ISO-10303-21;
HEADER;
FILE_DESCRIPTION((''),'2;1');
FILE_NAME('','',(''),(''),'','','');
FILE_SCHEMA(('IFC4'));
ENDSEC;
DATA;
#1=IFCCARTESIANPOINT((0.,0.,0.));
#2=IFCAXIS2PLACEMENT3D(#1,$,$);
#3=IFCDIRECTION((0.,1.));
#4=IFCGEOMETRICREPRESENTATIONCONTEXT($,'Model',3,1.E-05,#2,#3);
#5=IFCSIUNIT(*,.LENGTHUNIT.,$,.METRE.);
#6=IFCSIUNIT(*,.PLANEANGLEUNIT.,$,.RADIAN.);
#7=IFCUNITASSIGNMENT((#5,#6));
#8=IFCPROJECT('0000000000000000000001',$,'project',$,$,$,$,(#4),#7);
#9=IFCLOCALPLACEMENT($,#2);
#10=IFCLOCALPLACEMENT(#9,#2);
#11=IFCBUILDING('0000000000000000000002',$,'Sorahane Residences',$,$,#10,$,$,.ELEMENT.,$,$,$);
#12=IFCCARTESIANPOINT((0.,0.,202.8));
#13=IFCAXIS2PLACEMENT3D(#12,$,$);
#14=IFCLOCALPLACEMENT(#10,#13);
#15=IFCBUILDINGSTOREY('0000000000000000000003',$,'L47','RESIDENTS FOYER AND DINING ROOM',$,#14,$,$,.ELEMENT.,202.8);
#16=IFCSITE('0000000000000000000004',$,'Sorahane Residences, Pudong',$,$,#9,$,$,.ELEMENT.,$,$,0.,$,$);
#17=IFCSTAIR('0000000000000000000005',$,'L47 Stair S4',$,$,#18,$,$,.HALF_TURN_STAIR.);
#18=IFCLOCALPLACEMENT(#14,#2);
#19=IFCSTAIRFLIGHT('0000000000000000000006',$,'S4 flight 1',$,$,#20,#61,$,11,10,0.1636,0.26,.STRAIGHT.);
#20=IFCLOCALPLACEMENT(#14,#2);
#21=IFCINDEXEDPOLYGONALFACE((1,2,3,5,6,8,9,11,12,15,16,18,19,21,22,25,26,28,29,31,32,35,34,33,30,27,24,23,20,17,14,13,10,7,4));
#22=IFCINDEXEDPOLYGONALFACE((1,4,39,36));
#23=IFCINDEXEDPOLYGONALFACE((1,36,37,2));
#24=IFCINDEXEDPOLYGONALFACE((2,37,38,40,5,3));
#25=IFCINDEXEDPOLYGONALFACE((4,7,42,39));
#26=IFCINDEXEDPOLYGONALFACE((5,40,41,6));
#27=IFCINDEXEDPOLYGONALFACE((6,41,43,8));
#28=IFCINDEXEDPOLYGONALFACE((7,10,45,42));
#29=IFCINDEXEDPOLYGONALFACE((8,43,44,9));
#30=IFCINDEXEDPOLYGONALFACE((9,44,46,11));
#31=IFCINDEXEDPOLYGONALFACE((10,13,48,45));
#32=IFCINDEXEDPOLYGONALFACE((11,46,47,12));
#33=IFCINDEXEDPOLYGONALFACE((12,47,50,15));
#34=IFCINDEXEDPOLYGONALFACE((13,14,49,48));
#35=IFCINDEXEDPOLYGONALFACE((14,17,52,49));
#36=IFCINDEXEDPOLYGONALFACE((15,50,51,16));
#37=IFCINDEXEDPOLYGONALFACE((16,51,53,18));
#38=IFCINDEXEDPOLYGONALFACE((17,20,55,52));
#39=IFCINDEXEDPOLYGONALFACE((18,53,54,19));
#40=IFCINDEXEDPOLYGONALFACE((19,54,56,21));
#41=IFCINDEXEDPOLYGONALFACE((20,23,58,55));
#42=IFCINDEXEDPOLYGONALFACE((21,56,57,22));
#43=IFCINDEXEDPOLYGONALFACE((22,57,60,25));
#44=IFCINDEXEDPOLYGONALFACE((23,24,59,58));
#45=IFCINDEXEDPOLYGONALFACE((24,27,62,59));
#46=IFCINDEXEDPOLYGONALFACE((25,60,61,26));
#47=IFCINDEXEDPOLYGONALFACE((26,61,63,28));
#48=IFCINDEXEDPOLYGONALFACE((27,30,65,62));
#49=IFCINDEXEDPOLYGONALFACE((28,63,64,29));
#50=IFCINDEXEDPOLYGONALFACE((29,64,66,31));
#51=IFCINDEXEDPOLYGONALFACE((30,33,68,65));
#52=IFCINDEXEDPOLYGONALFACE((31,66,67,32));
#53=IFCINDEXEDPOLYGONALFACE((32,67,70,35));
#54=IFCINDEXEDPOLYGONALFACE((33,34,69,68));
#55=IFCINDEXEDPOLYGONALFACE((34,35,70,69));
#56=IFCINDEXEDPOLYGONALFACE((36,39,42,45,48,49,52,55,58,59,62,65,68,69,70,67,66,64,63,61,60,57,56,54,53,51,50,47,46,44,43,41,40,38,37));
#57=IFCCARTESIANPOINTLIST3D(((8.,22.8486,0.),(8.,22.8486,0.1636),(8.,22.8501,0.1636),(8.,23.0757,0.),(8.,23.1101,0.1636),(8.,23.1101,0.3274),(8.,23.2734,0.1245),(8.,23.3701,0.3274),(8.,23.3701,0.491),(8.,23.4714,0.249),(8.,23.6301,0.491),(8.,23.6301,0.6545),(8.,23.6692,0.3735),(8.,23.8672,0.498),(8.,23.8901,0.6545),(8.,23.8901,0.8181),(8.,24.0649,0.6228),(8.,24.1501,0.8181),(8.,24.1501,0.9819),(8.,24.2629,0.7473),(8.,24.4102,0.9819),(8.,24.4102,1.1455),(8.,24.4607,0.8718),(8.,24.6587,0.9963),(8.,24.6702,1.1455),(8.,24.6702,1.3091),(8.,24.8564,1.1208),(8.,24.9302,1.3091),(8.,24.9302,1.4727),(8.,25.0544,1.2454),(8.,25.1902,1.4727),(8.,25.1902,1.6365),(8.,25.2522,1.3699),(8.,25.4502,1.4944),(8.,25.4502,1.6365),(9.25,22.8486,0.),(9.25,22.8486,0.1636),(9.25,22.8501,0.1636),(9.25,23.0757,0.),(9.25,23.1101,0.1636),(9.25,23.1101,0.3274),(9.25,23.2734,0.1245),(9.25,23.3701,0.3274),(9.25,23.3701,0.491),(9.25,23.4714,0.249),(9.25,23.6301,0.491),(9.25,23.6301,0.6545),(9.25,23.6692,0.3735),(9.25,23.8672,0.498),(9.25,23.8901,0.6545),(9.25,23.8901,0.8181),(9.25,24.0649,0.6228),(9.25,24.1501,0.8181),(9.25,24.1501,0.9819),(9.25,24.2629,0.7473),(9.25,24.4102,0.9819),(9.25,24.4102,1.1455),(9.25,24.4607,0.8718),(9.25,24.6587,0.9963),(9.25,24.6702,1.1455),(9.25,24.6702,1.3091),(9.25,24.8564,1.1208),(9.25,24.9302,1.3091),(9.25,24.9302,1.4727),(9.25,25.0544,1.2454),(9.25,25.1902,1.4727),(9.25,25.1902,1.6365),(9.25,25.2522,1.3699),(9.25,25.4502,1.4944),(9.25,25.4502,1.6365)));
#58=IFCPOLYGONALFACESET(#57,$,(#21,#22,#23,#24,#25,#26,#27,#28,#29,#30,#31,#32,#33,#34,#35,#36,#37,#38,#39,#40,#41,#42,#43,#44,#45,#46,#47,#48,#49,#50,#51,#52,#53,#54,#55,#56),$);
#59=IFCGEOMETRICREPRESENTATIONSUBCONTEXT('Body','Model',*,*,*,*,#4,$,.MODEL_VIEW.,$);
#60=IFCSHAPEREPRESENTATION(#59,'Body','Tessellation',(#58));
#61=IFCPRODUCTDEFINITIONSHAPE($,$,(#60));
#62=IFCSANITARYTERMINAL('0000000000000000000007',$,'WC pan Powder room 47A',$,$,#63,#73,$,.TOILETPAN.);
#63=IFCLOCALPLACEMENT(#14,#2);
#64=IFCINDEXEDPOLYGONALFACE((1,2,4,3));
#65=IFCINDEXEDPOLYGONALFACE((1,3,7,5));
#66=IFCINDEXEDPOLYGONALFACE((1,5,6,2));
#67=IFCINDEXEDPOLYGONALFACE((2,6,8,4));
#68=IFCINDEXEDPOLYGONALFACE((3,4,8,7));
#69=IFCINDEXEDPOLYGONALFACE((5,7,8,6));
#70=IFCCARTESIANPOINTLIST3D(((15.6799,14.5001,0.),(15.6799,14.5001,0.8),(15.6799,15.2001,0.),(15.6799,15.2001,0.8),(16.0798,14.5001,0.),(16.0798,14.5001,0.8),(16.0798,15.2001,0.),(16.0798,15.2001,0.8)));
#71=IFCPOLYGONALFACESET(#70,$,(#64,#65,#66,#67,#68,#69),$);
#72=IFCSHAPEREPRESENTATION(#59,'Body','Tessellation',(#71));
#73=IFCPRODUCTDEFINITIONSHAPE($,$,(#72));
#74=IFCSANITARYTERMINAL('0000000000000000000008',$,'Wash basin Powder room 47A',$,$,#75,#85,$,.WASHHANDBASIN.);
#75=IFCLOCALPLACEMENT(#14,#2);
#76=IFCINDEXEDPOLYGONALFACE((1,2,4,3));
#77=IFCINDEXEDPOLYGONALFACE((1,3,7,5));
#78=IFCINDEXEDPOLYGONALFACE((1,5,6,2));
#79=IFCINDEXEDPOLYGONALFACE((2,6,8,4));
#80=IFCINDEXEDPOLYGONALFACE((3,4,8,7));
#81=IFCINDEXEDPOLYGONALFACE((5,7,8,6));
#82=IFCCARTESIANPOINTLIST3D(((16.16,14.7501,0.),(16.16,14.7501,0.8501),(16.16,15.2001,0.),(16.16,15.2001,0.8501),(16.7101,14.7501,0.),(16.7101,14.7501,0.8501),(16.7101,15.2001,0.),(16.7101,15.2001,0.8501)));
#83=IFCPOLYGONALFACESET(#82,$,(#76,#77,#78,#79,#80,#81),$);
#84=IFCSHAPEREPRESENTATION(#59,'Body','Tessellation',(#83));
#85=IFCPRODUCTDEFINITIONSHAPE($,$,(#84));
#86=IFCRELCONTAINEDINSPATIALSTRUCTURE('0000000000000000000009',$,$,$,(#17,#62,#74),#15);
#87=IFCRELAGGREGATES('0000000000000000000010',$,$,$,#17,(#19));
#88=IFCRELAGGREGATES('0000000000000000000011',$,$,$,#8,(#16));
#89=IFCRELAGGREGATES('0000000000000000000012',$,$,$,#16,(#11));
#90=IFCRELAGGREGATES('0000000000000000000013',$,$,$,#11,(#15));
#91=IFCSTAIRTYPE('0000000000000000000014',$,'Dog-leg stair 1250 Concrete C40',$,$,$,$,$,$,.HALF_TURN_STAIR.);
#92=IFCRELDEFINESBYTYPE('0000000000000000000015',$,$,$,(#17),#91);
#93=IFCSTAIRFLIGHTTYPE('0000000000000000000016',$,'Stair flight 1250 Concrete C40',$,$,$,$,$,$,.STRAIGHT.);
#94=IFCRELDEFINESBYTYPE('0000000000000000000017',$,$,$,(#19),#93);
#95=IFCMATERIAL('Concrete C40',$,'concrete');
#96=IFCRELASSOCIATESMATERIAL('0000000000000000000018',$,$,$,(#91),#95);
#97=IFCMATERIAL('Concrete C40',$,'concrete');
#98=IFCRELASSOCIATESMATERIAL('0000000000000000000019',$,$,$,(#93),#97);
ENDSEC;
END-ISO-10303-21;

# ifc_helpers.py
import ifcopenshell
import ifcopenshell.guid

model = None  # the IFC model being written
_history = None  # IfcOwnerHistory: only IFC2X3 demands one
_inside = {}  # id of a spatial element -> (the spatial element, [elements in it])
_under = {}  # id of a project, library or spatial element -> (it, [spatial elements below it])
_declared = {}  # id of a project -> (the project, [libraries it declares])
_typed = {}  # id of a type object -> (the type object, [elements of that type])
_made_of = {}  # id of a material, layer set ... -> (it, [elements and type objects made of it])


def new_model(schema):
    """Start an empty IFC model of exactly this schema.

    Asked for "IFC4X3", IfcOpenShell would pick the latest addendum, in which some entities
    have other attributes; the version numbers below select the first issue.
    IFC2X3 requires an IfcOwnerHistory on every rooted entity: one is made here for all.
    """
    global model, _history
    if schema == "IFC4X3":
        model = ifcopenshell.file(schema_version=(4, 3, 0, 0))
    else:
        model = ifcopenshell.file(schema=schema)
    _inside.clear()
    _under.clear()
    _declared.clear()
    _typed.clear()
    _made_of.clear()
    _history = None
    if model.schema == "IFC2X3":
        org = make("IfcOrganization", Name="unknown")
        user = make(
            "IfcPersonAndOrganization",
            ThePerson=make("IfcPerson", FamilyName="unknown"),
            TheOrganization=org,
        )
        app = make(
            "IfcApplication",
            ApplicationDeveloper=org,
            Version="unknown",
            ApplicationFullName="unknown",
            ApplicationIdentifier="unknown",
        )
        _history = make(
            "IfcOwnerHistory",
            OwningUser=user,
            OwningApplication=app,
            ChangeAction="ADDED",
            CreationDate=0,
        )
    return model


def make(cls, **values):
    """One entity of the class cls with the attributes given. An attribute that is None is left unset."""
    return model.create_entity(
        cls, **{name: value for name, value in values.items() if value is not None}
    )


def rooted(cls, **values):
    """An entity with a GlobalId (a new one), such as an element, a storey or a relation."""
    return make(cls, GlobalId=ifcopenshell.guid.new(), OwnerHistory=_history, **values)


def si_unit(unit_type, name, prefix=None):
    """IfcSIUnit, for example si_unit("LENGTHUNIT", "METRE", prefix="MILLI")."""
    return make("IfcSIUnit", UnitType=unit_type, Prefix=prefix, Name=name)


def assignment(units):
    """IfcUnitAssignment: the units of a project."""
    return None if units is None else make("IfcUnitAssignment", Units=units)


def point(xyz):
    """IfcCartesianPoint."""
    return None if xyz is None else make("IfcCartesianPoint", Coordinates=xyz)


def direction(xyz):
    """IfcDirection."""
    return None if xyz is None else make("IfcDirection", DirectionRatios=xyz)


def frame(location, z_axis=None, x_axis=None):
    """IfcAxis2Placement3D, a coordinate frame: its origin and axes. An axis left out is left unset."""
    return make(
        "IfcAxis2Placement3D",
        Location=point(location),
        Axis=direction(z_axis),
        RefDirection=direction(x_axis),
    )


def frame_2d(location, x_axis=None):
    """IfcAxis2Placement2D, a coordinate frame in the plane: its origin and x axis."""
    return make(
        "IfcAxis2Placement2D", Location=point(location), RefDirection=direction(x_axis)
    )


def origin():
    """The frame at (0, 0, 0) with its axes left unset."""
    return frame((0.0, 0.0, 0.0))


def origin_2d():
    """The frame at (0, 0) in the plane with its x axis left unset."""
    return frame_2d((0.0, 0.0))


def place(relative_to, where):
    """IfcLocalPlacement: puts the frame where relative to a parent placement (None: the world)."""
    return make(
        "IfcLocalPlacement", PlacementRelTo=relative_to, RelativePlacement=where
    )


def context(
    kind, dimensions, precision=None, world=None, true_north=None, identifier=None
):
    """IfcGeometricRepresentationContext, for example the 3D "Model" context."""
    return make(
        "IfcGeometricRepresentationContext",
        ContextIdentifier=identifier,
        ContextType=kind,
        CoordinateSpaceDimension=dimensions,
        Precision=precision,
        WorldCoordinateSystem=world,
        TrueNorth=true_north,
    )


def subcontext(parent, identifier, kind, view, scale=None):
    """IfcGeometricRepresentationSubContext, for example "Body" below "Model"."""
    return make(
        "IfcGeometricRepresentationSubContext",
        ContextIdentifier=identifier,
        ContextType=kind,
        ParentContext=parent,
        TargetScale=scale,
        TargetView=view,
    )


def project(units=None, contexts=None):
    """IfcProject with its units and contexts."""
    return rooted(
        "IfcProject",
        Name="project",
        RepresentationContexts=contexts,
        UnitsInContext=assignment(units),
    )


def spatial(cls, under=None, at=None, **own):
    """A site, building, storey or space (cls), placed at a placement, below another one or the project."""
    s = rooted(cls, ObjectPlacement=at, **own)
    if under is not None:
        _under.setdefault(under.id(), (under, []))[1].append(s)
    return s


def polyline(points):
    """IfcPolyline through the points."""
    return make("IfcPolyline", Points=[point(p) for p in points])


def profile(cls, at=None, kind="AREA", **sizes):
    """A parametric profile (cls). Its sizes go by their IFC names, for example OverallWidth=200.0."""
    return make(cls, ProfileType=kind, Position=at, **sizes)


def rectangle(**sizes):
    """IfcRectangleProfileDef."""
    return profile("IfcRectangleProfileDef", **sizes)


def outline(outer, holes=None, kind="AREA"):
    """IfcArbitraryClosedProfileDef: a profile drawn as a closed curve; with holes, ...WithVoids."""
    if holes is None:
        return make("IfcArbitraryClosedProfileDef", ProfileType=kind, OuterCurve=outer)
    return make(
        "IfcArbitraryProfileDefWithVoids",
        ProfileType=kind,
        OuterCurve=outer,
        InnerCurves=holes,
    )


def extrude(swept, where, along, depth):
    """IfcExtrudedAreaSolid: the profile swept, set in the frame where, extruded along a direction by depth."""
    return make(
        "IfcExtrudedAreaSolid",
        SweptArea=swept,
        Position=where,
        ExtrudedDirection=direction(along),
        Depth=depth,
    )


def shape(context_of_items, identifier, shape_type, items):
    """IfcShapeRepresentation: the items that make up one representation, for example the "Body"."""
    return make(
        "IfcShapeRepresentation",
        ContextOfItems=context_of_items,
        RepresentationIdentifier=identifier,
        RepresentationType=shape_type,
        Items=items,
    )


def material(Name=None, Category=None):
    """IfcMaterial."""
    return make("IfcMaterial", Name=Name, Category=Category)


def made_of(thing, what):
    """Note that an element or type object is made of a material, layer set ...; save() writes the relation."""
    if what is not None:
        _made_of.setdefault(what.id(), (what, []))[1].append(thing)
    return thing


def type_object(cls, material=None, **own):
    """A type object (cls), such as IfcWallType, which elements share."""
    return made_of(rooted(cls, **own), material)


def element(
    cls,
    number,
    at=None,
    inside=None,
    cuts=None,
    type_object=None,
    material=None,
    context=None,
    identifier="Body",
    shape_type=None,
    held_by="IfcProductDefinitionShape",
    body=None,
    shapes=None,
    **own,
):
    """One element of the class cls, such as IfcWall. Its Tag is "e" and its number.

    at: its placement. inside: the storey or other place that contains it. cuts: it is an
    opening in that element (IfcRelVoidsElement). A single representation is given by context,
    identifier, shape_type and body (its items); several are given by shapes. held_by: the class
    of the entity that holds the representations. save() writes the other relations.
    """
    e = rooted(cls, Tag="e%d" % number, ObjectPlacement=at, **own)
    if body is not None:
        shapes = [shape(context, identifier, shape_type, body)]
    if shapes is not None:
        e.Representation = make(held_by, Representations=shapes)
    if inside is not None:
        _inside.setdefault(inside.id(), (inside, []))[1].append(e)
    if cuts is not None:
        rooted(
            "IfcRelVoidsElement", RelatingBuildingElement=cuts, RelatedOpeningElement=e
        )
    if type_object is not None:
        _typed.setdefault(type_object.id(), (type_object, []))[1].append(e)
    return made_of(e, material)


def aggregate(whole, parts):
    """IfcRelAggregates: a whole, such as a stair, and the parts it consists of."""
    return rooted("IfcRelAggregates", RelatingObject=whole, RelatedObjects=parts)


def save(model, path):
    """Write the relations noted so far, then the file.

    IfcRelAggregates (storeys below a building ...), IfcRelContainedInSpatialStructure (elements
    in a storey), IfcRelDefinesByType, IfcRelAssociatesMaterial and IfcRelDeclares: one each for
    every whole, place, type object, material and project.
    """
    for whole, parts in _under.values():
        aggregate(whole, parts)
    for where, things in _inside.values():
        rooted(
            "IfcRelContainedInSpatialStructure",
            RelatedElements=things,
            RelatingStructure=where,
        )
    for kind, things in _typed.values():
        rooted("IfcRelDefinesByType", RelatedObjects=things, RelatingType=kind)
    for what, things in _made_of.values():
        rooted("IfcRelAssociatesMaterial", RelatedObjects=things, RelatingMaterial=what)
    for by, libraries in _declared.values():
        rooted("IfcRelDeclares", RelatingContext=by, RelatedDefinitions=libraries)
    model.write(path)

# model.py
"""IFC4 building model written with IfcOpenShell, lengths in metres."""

from ifc_helpers import new_model, si_unit, direction, frame, origin, origin_2d, place, context, subcontext, project, spatial, polyline, rectangle, outline, extrude, material, type_object, element, aggregate, save


model = new_model("IFC4")

# Units and contexts
model_context = context("Model", 3, precision=1e-05, world=origin(), true_north=direction((0.0, 1.0)))
body_context = subcontext(model_context, "Body", "Model", "MODEL_VIEW")
ifc_project = project(units=[si_unit("LENGTHUNIT", "METRE"), si_unit("PLANEANGLEUNIT", "RADIAN")], contexts=[model_context])

# Site, building, storey
site_placement = place(None, origin())
site = spatial("IfcSite", under=ifc_project, at=site_placement, Name="Sorahane Residences, Pudong", CompositionType="ELEMENT", RefElevation=0.0)
building_placement = place(site_placement, origin())
building = spatial("IfcBuilding", under=site, at=building_placement, Name="Sorahane Residences", CompositionType="ELEMENT")
storey_placement = place(building_placement, frame((0.0, 0.0, 202.8)))
storey = spatial("IfcBuildingStorey", under=building, at=storey_placement, Name="L47", Description="RESIDENTS FOYER AND DINING ROOM", CompositionType="ELEMENT", Elevation=202.8)

# Stair, stair flight
ifc_material_1 = material(Name="Concrete C40", Category="concrete")
stair_type = type_object("IfcStairType", Name="Dog-leg stair 1250 Concrete C40", PredefinedType="HALF_TURN_STAIR", material=ifc_material_1)
stair_placement = place(storey_placement, origin())
stair = element("IfcStair", 1, at=stair_placement, inside=storey, type_object=stair_type, Name="L47 Stair S4", PredefinedType="HALF_TURN_STAIR")
ifc_material_2 = material(Name="Concrete C40", Category="concrete")
stair_flight_type = type_object("IfcStairFlightType", Name="Stair flight 1250 Concrete C40", PredefinedType="STRAIGHT", material=ifc_material_2)
stair_flight_placement = place(storey_placement, frame((8.625, 22.8501, 0.0), z_axis=(0.0, 0.0, 1.0), x_axis=(0.0, 1.0, 0.0)))
stair_flight = element("IfcStairFlight", 2, at=stair_flight_placement, type_object=stair_flight_type, Name="S4 flight 1", NumberOfRisers=11, NumberOfTreads=10, PredefinedType="STRAIGHT", RiserHeight=0.1636, TreadLength=0.26, context=body_context, shape_type="SweptSolid", body=[
    extrude(outline(polyline([(-0.0015, 0.0), (-0.0015, 0.1636), (0.0, 0.1636), (0.26, 0.1636), (0.26, 0.3274), (0.52, 0.3274), (0.52, 0.491), (0.78, 0.491), (0.78, 0.6545), (1.04, 0.6545), (1.04, 0.8181), (1.3, 0.8181), (1.3, 0.9819), (1.5601, 0.9819), (1.5601, 1.1455), (1.8201, 1.1455), (1.8201, 1.3091), (2.0801, 1.3091), (2.0801, 1.4727), (2.3401, 1.4727), (2.3401, 1.6365), (2.6001, 1.6365), (2.6001, 1.8), (2.6001, 1.4944), (2.4021, 1.3699), (2.2043, 1.2454), (2.0063, 1.1208), (1.8086, 0.9963), (1.6106, 0.8718), (1.4128, 0.7473), (1.2148, 0.6228), (1.0171, 0.498), (0.8191, 0.3735), (0.6213, 0.249), (0.4233, 0.1245), (0.2256, 0.0), (-0.0015, 0.0)])), frame((0.0, 0.625, 0.0), z_axis=(0.0, -1.0, 0.0), x_axis=(1.0, 0.0, 0.0)), (0.0, 0.0, 1.0), 1.25),
])
aggregate(stair, [stair_flight])

# Sanitary terminals
sanitary_terminal_1_placement = place(storey_placement, frame((15.8799, 14.8501, 0.0), z_axis=(0.0, 0.0, 1.0), x_axis=(1.0, 0.0, 0.0)))
element("IfcSanitaryTerminal", 3, at=sanitary_terminal_1_placement, inside=storey, Name="WC pan Powder room 47A", PredefinedType="TOILETPAN", context=body_context, shape_type="SweptSolid", body=[
    extrude(rectangle(XDim=0.3999, YDim=0.7, at=origin_2d()), origin(), (0.0, 0.0, 1.0), 0.8),
])
sanitary_terminal_2_placement = place(storey_placement, frame((16.4351, 14.9751, 0.0), z_axis=(0.0, 0.0, 1.0), x_axis=(1.0, 0.0, 0.0)))
element("IfcSanitaryTerminal", 4, at=sanitary_terminal_2_placement, inside=storey, Name="Wash basin Powder room 47A", PredefinedType="WASHHANDBASIN", context=body_context, shape_type="SweptSolid", body=[
    extrude(rectangle(XDim=0.55, YDim=0.45, at=origin_2d()), origin(), (0.0, 0.0, 1.0), 0.8501),
])

save(model, "model.ifc")
